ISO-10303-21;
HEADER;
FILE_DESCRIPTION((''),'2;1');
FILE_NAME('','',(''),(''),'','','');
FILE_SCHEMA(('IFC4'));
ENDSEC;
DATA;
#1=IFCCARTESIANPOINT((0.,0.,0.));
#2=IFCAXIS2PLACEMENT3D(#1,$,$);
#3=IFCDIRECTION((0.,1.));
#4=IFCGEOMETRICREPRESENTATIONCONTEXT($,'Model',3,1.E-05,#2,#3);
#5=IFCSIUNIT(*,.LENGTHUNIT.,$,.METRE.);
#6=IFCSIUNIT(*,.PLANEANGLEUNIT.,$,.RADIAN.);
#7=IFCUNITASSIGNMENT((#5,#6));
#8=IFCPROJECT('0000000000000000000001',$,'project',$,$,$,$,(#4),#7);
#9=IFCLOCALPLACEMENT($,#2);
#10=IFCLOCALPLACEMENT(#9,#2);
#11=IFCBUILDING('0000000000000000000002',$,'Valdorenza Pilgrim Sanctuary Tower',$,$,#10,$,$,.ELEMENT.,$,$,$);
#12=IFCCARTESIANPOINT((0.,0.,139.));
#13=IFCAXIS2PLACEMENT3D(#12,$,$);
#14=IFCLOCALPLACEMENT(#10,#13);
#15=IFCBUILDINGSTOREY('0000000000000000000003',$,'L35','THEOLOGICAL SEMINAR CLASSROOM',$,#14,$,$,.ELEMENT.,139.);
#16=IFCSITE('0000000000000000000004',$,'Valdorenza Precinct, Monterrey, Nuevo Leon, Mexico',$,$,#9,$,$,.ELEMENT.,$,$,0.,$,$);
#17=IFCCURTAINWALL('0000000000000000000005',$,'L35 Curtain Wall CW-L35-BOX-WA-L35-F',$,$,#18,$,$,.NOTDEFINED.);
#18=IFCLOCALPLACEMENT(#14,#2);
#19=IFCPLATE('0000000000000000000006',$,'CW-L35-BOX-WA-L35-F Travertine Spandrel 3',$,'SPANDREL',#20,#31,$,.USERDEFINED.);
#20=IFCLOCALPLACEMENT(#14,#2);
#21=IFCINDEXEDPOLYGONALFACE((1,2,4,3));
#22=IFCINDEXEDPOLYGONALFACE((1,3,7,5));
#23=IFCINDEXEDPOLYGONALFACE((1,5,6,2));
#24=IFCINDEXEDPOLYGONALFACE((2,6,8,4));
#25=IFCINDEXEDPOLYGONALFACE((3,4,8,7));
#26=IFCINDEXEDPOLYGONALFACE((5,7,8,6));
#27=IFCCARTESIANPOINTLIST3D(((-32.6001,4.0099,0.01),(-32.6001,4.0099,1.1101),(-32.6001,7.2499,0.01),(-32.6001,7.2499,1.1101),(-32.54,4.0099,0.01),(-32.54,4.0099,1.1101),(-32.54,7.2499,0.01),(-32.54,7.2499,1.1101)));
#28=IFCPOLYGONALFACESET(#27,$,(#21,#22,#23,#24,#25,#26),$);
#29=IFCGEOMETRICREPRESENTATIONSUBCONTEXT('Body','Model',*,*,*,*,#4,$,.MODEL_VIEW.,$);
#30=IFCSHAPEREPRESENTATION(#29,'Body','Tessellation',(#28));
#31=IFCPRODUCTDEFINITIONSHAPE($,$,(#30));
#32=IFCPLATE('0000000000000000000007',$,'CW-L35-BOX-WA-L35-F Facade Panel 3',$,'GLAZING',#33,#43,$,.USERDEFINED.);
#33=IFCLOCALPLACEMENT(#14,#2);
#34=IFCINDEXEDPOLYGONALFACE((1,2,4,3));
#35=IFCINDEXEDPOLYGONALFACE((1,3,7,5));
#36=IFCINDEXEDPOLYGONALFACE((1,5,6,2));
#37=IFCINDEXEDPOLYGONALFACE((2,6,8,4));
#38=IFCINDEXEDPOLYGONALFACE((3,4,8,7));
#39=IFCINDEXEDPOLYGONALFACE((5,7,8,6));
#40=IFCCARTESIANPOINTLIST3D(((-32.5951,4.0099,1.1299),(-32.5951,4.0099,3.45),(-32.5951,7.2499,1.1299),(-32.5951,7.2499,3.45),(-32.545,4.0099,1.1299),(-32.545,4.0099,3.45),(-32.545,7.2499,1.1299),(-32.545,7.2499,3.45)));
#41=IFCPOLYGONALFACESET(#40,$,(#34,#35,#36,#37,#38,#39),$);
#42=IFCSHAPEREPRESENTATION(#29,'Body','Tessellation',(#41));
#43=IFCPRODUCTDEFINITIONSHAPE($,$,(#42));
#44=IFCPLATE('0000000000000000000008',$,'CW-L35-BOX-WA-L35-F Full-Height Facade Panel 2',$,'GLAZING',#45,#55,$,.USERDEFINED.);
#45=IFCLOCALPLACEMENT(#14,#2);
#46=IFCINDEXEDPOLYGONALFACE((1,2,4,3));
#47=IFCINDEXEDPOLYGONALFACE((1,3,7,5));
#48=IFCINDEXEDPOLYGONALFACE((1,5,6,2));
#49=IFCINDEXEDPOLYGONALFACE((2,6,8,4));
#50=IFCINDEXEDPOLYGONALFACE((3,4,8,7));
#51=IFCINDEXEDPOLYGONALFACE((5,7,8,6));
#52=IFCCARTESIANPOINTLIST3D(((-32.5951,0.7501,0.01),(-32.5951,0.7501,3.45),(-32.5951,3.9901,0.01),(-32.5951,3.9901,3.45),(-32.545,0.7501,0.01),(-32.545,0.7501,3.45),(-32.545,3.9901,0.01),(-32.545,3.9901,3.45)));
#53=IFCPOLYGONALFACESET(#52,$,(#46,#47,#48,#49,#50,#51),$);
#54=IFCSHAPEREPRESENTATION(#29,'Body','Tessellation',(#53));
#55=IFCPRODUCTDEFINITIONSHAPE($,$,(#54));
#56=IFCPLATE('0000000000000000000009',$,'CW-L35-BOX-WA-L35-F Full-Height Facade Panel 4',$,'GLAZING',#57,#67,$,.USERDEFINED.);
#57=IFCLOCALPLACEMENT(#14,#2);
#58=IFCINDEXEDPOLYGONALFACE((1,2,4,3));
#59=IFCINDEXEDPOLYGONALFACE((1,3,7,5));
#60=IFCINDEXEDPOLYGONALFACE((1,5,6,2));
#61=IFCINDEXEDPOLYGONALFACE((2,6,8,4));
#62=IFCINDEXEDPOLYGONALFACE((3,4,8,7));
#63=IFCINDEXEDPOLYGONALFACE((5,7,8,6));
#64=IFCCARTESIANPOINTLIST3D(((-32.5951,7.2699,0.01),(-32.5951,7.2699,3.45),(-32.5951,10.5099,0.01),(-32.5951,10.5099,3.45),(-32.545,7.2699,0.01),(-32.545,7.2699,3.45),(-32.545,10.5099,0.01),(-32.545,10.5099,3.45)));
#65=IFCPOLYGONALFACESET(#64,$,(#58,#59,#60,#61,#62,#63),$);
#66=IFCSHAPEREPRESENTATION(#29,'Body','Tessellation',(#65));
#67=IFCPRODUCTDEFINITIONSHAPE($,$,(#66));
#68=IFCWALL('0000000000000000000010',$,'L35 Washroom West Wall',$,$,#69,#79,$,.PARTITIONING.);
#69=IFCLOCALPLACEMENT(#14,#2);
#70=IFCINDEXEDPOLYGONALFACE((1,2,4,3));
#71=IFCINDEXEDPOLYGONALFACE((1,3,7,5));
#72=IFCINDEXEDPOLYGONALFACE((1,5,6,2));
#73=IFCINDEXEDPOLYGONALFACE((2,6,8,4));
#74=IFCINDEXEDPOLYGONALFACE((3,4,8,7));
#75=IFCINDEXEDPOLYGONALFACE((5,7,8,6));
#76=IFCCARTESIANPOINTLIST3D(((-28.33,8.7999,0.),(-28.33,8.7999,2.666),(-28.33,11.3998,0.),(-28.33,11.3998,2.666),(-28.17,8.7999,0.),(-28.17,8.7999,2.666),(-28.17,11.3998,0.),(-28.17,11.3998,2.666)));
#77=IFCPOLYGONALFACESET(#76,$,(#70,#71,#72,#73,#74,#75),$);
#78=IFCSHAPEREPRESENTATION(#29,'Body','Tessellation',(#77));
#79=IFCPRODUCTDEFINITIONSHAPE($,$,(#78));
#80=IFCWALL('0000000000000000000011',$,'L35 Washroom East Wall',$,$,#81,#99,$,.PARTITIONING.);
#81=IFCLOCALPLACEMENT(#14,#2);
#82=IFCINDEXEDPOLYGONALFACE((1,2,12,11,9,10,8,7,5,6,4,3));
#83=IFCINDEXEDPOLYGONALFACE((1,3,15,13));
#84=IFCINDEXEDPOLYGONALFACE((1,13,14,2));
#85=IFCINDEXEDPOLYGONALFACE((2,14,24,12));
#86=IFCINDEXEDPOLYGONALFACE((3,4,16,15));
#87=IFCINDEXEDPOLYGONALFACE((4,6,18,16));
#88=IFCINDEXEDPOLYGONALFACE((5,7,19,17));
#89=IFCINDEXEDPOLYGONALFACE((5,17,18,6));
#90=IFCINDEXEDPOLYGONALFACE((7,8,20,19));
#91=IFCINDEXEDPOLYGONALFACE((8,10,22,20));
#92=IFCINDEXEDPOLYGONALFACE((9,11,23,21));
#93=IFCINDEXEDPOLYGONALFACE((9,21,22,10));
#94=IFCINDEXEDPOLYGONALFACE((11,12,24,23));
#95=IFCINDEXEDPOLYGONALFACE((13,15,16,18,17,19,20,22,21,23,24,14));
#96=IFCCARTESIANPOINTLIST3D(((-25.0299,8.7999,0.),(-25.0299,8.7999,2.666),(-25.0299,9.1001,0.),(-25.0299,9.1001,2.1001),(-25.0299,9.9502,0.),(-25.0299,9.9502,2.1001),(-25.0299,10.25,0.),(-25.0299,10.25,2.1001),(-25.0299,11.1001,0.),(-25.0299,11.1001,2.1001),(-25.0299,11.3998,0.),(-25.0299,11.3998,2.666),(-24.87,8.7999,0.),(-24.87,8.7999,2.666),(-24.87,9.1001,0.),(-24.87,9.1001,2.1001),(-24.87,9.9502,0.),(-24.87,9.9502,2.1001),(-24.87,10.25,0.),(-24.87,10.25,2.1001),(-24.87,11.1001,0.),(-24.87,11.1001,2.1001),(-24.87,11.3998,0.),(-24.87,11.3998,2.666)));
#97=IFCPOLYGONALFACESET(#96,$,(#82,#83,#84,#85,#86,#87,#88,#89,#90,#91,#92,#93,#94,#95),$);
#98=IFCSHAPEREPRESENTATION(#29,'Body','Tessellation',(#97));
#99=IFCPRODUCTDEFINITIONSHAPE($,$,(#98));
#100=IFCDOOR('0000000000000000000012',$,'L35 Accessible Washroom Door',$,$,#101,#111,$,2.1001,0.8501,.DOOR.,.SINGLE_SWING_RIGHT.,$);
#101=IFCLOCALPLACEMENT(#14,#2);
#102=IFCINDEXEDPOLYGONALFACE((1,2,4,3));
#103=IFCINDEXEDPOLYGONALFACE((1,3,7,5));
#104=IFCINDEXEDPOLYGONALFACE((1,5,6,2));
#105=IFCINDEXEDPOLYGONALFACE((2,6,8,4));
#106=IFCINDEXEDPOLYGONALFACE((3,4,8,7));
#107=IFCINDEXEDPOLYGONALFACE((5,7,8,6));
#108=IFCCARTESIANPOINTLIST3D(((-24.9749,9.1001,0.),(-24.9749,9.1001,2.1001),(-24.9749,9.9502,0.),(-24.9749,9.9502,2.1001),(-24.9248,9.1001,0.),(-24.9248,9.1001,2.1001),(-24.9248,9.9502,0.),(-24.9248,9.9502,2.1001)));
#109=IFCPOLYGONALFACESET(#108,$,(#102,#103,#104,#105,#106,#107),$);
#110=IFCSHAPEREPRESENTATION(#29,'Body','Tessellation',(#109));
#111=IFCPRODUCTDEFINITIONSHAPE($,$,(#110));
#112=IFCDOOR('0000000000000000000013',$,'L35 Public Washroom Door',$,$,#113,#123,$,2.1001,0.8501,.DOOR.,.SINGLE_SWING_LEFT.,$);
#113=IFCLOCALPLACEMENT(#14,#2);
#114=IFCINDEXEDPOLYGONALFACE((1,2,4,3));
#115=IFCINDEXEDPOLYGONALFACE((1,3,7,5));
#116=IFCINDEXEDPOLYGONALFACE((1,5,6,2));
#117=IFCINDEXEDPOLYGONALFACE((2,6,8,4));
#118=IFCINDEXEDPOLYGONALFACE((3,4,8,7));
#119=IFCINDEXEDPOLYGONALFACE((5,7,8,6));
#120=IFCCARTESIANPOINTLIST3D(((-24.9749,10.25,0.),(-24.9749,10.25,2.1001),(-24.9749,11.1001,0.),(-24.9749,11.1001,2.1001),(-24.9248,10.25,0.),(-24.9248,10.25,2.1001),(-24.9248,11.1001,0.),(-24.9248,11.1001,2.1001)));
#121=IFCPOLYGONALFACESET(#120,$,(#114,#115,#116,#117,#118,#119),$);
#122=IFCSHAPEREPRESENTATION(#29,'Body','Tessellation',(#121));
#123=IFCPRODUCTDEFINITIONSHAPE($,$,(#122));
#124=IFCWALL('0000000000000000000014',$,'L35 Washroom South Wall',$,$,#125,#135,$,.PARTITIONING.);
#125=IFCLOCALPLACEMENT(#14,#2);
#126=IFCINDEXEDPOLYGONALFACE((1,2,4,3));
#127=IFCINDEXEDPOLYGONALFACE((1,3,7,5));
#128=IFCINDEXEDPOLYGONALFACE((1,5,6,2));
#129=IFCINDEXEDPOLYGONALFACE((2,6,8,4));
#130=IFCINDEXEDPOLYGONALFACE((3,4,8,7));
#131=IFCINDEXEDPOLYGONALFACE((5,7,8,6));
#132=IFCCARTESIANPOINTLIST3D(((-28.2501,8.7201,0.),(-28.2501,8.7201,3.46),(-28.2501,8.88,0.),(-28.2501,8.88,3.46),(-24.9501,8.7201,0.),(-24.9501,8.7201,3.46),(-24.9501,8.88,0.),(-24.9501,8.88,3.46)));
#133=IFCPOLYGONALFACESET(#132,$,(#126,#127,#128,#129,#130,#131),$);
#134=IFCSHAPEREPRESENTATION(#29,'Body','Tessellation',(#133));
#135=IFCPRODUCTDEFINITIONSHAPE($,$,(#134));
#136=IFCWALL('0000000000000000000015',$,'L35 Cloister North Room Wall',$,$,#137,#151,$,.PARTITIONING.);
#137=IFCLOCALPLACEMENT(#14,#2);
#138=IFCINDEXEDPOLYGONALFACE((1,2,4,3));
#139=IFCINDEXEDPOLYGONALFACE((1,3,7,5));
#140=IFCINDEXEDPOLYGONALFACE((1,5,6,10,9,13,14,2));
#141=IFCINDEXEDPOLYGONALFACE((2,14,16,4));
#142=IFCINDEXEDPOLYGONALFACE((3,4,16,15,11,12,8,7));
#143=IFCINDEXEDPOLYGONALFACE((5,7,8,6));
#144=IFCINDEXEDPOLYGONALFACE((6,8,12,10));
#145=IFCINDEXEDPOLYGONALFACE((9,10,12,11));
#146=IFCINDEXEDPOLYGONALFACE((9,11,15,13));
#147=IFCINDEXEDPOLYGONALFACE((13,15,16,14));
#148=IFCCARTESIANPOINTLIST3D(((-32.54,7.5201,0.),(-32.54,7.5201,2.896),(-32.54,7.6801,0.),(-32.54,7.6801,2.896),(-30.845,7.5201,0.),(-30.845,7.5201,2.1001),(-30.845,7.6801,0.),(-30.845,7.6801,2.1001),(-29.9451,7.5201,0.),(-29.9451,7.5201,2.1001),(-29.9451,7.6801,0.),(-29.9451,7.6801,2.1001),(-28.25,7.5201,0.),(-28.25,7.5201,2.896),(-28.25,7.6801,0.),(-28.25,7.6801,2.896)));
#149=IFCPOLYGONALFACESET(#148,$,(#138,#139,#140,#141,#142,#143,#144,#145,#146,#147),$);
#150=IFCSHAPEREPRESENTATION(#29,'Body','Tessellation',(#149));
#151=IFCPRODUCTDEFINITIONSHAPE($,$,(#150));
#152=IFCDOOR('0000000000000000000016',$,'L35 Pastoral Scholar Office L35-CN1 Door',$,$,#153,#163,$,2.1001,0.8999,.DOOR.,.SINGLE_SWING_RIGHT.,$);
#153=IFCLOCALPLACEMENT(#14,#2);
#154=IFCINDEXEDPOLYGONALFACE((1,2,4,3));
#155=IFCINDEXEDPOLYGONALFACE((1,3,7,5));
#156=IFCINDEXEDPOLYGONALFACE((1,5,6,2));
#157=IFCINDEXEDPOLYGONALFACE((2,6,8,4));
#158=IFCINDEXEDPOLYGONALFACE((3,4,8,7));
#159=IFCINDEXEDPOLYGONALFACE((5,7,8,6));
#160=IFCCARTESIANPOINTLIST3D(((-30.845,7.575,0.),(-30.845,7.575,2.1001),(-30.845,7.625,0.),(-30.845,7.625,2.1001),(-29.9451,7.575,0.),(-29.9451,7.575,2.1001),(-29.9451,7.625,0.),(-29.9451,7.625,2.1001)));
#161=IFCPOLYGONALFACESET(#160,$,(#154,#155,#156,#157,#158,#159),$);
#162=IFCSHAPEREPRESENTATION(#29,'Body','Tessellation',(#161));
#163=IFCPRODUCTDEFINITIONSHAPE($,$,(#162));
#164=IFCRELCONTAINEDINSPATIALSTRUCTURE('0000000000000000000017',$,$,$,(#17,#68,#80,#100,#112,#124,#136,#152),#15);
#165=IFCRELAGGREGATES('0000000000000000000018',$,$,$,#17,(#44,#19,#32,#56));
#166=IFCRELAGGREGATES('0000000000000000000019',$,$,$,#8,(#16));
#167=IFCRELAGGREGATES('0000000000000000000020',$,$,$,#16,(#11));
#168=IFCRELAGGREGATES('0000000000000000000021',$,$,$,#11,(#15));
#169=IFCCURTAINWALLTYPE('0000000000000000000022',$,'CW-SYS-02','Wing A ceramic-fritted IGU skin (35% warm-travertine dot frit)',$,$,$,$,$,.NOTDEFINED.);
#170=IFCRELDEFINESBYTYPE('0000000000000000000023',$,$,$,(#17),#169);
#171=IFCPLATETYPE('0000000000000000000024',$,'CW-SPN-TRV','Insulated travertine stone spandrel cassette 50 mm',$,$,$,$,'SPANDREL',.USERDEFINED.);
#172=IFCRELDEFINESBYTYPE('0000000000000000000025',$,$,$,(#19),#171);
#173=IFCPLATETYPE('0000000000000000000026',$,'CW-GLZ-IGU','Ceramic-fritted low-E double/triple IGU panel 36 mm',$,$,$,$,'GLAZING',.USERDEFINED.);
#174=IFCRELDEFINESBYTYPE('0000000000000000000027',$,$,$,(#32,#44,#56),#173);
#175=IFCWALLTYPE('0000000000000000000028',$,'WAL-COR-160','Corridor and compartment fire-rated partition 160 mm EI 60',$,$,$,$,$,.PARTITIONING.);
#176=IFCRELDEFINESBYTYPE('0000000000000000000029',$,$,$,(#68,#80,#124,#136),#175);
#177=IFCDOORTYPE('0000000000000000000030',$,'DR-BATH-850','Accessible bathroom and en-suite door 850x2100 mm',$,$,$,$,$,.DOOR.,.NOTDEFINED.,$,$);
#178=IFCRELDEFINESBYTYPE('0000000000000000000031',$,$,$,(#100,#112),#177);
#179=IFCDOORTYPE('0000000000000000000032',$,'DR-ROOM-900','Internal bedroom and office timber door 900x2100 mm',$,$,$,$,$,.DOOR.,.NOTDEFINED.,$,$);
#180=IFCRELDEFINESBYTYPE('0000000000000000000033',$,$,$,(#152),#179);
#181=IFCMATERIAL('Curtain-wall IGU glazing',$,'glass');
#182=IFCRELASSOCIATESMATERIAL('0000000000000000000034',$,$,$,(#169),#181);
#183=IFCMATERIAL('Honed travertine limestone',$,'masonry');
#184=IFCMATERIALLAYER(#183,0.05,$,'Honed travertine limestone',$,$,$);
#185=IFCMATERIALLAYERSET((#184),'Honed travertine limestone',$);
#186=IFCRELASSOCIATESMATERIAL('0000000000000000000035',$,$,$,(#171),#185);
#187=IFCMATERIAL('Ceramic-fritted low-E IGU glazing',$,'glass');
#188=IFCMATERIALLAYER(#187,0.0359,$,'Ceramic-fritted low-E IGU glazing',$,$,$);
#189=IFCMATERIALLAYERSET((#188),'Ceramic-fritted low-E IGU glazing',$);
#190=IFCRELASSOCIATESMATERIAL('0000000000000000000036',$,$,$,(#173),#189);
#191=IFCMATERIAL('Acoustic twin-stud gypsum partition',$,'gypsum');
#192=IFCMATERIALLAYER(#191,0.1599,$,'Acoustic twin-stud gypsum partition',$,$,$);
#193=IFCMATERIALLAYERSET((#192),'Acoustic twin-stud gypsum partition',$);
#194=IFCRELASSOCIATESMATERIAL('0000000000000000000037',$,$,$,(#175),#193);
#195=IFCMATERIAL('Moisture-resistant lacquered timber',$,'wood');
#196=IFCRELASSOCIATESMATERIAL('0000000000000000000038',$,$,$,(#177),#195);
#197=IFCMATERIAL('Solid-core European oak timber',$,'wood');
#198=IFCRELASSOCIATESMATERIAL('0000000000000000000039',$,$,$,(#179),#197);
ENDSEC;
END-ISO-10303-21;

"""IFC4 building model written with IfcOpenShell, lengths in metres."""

from ifc_helpers import new_model, si_unit, direction, frame, frame_2d, origin, origin_2d, place, context, subcontext, project, spatial, rectangle, extrude, source, transform, mapped, material, layer, layer_set, type_object, element, fill, aggregate, save


model = new_model("IFC4")

# Units and contexts
model_context = context("Model", 3, precision=1e-05, world=origin(), true_north=direction((0.0, 1.0)))
body_context = subcontext(model_context, "Body", "Model", "MODEL_VIEW")
ifc_project = project(units=[si_unit("LENGTHUNIT", "METRE"), si_unit("PLANEANGLEUNIT", "RADIAN")], contexts=[model_context])

# Site, building, storey
site_placement = place(None, origin())
site = spatial("IfcSite", under=ifc_project, at=site_placement, Name="Valdorenza Precinct, Monterrey, Nuevo Leon, Mexico", CompositionType="ELEMENT", RefElevation=0.0)
building_placement = place(site_placement, origin())
building = spatial("IfcBuilding", under=site, at=building_placement, Name="Valdorenza Pilgrim Sanctuary Tower", CompositionType="ELEMENT")
storey_placement = place(building_placement, frame((0.0, 0.0, 139.0)))
storey = spatial("IfcBuildingStorey", under=building, at=storey_placement, Name="L35", Description="THEOLOGICAL SEMINAR CLASSROOM", CompositionType="ELEMENT", Elevation=139.0)

# Shared definitions
ifc_material_1 = material(Name="Curtain-wall IGU glazing", Category="glass")
curtain_wall_type = type_object("IfcCurtainWallType", Name="CW-SYS-02", Description="Wing A ceramic-fritted IGU skin (35% warm-travertine dot frit)", PredefinedType="NOTDEFINED", material=ifc_material_1)

# Curtain wall
curtain_wall_1_placement = place(storey_placement, origin())
curtain_wall_1 = element("IfcCurtainWall", 1, at=curtain_wall_1_placement, inside=storey, type_object=curtain_wall_type, Name="L35 Curtain Wall CW-L35-BOX-WA-L35-F", PredefinedType="NOTDEFINED")

# Plates
ifc_material_2 = material(Name="Honed travertine limestone", Category="masonry")
ifc_layer_1 = layer(ifc_material_2, 0.05, Name="Honed travertine limestone")
ifc_layer_set_1 = layer_set([ifc_layer_1], Name="Honed travertine limestone")
plate_type_1 = type_object("IfcPlateType", Name="CW-SPN-TRV", Description="Insulated travertine stone spandrel cassette 50 mm", ElementType="SPANDREL", PredefinedType="USERDEFINED", material=ifc_layer_set_1)
ifc_material_3 = material(Name="Ceramic-fritted low-E IGU glazing", Category="glass")
ifc_layer_2 = layer(ifc_material_3, 0.0359, Name="Ceramic-fritted low-E IGU glazing")
ifc_layer_set_2 = layer_set([ifc_layer_2], Name="Ceramic-fritted low-E IGU glazing")
plate_type_2 = type_object("IfcPlateType", Name="CW-GLZ-IGU", Description="Ceramic-fritted low-E double/triple IGU panel 36 mm", ElementType="GLAZING", PredefinedType="USERDEFINED", material=ifc_layer_set_2)
shared_shape_1 = source(origin(), body_context, "Body", "SweptSolid", [
    extrude(rectangle(XDim=3.24, YDim=0.0601, at=origin_2d()), origin(), (0.0, 0.0, 1.0), 1.1001),
])
plate_1_placement = place(storey_placement, frame((-32.5701, 5.6299, 0.01), z_axis=(0.0, 0.0, 1.0), x_axis=(0.0, 1.0, 0.0)))
plate_1 = element("IfcPlate", 2, at=plate_1_placement, type_object=plate_type_1, Name="CW-L35-BOX-WA-L35-F Travertine Spandrel 3", ObjectType="SPANDREL", PredefinedType="USERDEFINED", context=body_context, shape_type="MappedRepresentation", body=[
    mapped(shared_shape_1, transform((0.0, 0.0, 0.0), x_axis=(1.0, 0.0, 0.0), y_axis=(0.0, 1.0, 0.0), z_axis=(0.0, 0.0, 1.0), scale=1.0)),
])
shared_shape_2 = source(origin(), body_context, "Body", "SweptSolid", [
    extrude(rectangle(XDim=3.24, YDim=0.05, at=origin_2d()), origin(), (0.0, 0.0, 1.0), 2.3201),
])
plate_2_placement = place(storey_placement, frame((-32.5701, 5.6299, 1.1299), z_axis=(0.0, 0.0, 1.0), x_axis=(0.0, 1.0, 0.0)))
plate_2 = element("IfcPlate", 3, at=plate_2_placement, type_object=plate_type_2, Name="CW-L35-BOX-WA-L35-F Facade Panel 3", ObjectType="GLAZING", PredefinedType="USERDEFINED", context=body_context, shape_type="MappedRepresentation", body=[
    mapped(shared_shape_2, transform((0.0, 0.0, 0.0), x_axis=(1.0, 0.0, 0.0), y_axis=(0.0, 1.0, 0.0), z_axis=(0.0, 0.0, 1.0), scale=1.0)),
])
shared_shape_3 = source(origin(), body_context, "Body", "SweptSolid", [
    extrude(rectangle(XDim=3.24, YDim=0.05, at=origin_2d()), origin(), (0.0, 0.0, 1.0), 3.4399),
])
plate_3_placement = place(storey_placement, frame((-32.5701, 2.3701, 0.01), z_axis=(0.0, 0.0, 1.0), x_axis=(0.0, 1.0, 0.0)))
plate_3 = element("IfcPlate", 4, at=plate_3_placement, type_object=plate_type_2, Name="CW-L35-BOX-WA-L35-F Full-Height Facade Panel 2", ObjectType="GLAZING", PredefinedType="USERDEFINED", context=body_context, shape_type="MappedRepresentation", body=[
    mapped(shared_shape_3, transform((0.0, 0.0, 0.0), x_axis=(1.0, 0.0, 0.0), y_axis=(0.0, 1.0, 0.0), z_axis=(0.0, 0.0, 1.0), scale=1.0)),
])
plate_4_placement = place(storey_placement, frame((-32.5701, 8.8899, 0.01), z_axis=(0.0, 0.0, 1.0), x_axis=(0.0, 1.0, 0.0)))
plate_4 = element("IfcPlate", 5, at=plate_4_placement, type_object=plate_type_2, Name="CW-L35-BOX-WA-L35-F Full-Height Facade Panel 4", ObjectType="GLAZING", PredefinedType="USERDEFINED", context=body_context, shape_type="MappedRepresentation", body=[
    mapped(shared_shape_3, transform((0.0, 0.0, 0.0), x_axis=(1.0, 0.0, 0.0), y_axis=(0.0, 1.0, 0.0), z_axis=(0.0, 0.0, 1.0), scale=1.0)),
])
aggregate(curtain_wall_1, [plate_3, plate_1, plate_2, plate_4])

# Wall
ifc_material_4 = material(Name="Acoustic twin-stud gypsum partition", Category="gypsum")
ifc_layer_3 = layer(ifc_material_4, 0.1599, Name="Acoustic twin-stud gypsum partition")
ifc_layer_set_3 = layer_set([ifc_layer_3], Name="Acoustic twin-stud gypsum partition")
wall_type_1 = type_object("IfcWallType", Name="WAL-COR-160", Description="Corridor and compartment fire-rated partition 160 mm EI 60", PredefinedType="PARTITIONING", material=ifc_layer_set_3)
wall_1_placement = place(storey_placement, frame((-28.25, 8.8, 0.0), z_axis=(0.0, 0.0, 1.0), x_axis=(0.0, 1.0, 0.0)))
element("IfcWall", 6, at=wall_1_placement, inside=storey, type_object=wall_type_1, Name="L35 Washroom West Wall", PredefinedType="PARTITIONING", context=body_context, shape_type="SweptSolid", body=[
    extrude(rectangle(XDim=2.5999, YDim=0.1599, at=frame_2d((1.2998, 0.0))), origin(), (0.0, 0.0, 1.0), 2.666),
])

# Wall, openings, doors
wall_2_placement = place(storey_placement, frame((-24.95, 8.8, 0.0), z_axis=(0.0, 0.0, 1.0), x_axis=(0.0, 1.0, 0.0)))
wall_2 = element("IfcWall", 7, at=wall_2_placement, inside=storey, type_object=wall_type_1, Name="L35 Washroom East Wall", PredefinedType="PARTITIONING", context=body_context, shape_type="SweptSolid", body=[
    extrude(rectangle(XDim=2.5999, YDim=0.1599, at=frame_2d((1.2998, 0.0))), origin(), (0.0, 0.0, 1.0), 2.666),
])
opening_1_placement = place(wall_2_placement, frame((0.3, 0.0, 0.0)))
opening_1 = element("IfcOpeningElement", 8, at=opening_1_placement, cuts=wall_2, PredefinedType="OPENING", context=body_context, shape_type="SweptSolid", body=[
    extrude(rectangle(XDim=0.8501, YDim=2.1001, at=frame_2d((0.425, 1.05))), frame((0.0, 0.0947, 0.0), z_axis=(0.0, -1.0, 0.0), x_axis=(1.0, 0.0, 0.0)), (0.0, 0.0, 1.0), 0.1897),
])
opening_2_placement = place(wall_2_placement, frame((1.45, 0.0, 0.0)))
opening_2 = element("IfcOpeningElement", 9, at=opening_2_placement, cuts=wall_2, PredefinedType="OPENING", context=body_context, shape_type="SweptSolid", body=[
    extrude(rectangle(XDim=0.8501, YDim=2.1001, at=frame_2d((0.425, 1.05))), frame((0.0, 0.0947, 0.0), z_axis=(0.0, -1.0, 0.0), x_axis=(1.0, 0.0, 0.0)), (0.0, 0.0, 1.0), 0.1897),
])
ifc_material_5 = material(Name="Moisture-resistant lacquered timber", Category="wood")
door_type_1 = type_object("IfcDoorType", Name="DR-BATH-850", Description="Accessible bathroom and en-suite door 850x2100 mm", OperationType="NOTDEFINED", PredefinedType="DOOR", material=ifc_material_5)
door_1_placement = place(opening_1_placement, origin())
door_1 = element("IfcDoor", 10, at=door_1_placement, inside=storey, type_object=door_type_1, Name="L35 Accessible Washroom Door", OperationType="SINGLE_SWING_RIGHT", OverallHeight=2.1001, OverallWidth=0.8501, PredefinedType="DOOR", context=body_context, shape_type="SweptSolid", body=[
    extrude(rectangle(XDim=0.8501, YDim=2.1001, at=frame_2d((0.425, 1.05))), frame((0.0, 0.0249, 0.0), z_axis=(0.0, -1.0, 0.0), x_axis=(1.0, 0.0, 0.0)), (0.0, 0.0, 1.0), 0.05),
])
fill(opening_1, door_1)
door_2_placement = place(opening_2_placement, origin())
door_2 = element("IfcDoor", 11, at=door_2_placement, inside=storey, type_object=door_type_1, Name="L35 Public Washroom Door", OperationType="SINGLE_SWING_LEFT", OverallHeight=2.1001, OverallWidth=0.8501, PredefinedType="DOOR", context=body_context, shape_type="SweptSolid", body=[
    extrude(rectangle(XDim=0.8501, YDim=2.1001, at=frame_2d((0.425, 1.05))), frame((0.0, 0.0249, 0.0), z_axis=(0.0, -1.0, 0.0), x_axis=(1.0, 0.0, 0.0)), (0.0, 0.0, 1.0), 0.05),
])
fill(opening_2, door_2)

# Wall
wall_3_placement = place(storey_placement, frame((-28.25, 8.8, 0.0), z_axis=(0.0, 0.0, 1.0), x_axis=(1.0, 0.0, 0.0)))
element("IfcWall", 12, at=wall_3_placement, inside=storey, type_object=wall_type_1, Name="L35 Washroom South Wall", PredefinedType="PARTITIONING", context=body_context, shape_type="SweptSolid", body=[
    extrude(rectangle(XDim=3.3, YDim=0.1599, at=frame_2d((1.6499, 0.0))), origin(), (0.0, 0.0, 1.0), 3.46),
])

# Wall, opening, door
wall_4_placement = place(storey_placement, frame((-32.54, 7.6001, 0.0), z_axis=(0.0, 0.0, 1.0), x_axis=(1.0, 0.0, 0.0)))
wall_4 = element("IfcWall", 13, at=wall_4_placement, inside=storey, type_object=wall_type_1, Name="L35 Cloister North Room Wall", PredefinedType="PARTITIONING", context=body_context, shape_type="SweptSolid", body=[
    extrude(rectangle(XDim=4.29, YDim=0.1599, at=frame_2d((2.145, 0.0))), origin(), (0.0, 0.0, 1.0), 2.896),
])
opening_3_placement = place(wall_4_placement, frame((1.6951, 0.0, 0.0)))
opening_3 = element("IfcOpeningElement", 14, at=opening_3_placement, cuts=wall_4, PredefinedType="OPENING", context=body_context, shape_type="SweptSolid", body=[
    extrude(rectangle(XDim=0.8999, YDim=2.1001, at=frame_2d((0.45, 1.05))), frame((0.0, 0.0947, 0.0), z_axis=(0.0, -1.0, 0.0), x_axis=(1.0, 0.0, 0.0)), (0.0, 0.0, 1.0), 0.1897),
])
ifc_material_6 = material(Name="Solid-core European oak timber", Category="wood")
door_type_2 = type_object("IfcDoorType", Name="DR-ROOM-900", Description="Internal bedroom and office timber door 900x2100 mm", OperationType="NOTDEFINED", PredefinedType="DOOR", material=ifc_material_6)
door_3_placement = place(opening_3_placement, origin())
door_3 = element("IfcDoor", 15, at=door_3_placement, inside=storey, type_object=door_type_2, Name="L35 Pastoral Scholar Office L35-CN1 Door", OperationType="SINGLE_SWING_RIGHT", OverallHeight=2.1001, OverallWidth=0.8999, PredefinedType="DOOR", context=body_context, shape_type="SweptSolid", body=[
    extrude(rectangle(XDim=0.8999, YDim=2.1001, at=frame_2d((0.45, 1.05))), frame((0.0, 0.0249, 0.0), z_axis=(0.0, -1.0, 0.0), x_axis=(1.0, 0.0, 0.0)), (0.0, 0.0, 1.0), 0.05),
])
fill(opening_3, door_3)

save(model, "model.ifc")
